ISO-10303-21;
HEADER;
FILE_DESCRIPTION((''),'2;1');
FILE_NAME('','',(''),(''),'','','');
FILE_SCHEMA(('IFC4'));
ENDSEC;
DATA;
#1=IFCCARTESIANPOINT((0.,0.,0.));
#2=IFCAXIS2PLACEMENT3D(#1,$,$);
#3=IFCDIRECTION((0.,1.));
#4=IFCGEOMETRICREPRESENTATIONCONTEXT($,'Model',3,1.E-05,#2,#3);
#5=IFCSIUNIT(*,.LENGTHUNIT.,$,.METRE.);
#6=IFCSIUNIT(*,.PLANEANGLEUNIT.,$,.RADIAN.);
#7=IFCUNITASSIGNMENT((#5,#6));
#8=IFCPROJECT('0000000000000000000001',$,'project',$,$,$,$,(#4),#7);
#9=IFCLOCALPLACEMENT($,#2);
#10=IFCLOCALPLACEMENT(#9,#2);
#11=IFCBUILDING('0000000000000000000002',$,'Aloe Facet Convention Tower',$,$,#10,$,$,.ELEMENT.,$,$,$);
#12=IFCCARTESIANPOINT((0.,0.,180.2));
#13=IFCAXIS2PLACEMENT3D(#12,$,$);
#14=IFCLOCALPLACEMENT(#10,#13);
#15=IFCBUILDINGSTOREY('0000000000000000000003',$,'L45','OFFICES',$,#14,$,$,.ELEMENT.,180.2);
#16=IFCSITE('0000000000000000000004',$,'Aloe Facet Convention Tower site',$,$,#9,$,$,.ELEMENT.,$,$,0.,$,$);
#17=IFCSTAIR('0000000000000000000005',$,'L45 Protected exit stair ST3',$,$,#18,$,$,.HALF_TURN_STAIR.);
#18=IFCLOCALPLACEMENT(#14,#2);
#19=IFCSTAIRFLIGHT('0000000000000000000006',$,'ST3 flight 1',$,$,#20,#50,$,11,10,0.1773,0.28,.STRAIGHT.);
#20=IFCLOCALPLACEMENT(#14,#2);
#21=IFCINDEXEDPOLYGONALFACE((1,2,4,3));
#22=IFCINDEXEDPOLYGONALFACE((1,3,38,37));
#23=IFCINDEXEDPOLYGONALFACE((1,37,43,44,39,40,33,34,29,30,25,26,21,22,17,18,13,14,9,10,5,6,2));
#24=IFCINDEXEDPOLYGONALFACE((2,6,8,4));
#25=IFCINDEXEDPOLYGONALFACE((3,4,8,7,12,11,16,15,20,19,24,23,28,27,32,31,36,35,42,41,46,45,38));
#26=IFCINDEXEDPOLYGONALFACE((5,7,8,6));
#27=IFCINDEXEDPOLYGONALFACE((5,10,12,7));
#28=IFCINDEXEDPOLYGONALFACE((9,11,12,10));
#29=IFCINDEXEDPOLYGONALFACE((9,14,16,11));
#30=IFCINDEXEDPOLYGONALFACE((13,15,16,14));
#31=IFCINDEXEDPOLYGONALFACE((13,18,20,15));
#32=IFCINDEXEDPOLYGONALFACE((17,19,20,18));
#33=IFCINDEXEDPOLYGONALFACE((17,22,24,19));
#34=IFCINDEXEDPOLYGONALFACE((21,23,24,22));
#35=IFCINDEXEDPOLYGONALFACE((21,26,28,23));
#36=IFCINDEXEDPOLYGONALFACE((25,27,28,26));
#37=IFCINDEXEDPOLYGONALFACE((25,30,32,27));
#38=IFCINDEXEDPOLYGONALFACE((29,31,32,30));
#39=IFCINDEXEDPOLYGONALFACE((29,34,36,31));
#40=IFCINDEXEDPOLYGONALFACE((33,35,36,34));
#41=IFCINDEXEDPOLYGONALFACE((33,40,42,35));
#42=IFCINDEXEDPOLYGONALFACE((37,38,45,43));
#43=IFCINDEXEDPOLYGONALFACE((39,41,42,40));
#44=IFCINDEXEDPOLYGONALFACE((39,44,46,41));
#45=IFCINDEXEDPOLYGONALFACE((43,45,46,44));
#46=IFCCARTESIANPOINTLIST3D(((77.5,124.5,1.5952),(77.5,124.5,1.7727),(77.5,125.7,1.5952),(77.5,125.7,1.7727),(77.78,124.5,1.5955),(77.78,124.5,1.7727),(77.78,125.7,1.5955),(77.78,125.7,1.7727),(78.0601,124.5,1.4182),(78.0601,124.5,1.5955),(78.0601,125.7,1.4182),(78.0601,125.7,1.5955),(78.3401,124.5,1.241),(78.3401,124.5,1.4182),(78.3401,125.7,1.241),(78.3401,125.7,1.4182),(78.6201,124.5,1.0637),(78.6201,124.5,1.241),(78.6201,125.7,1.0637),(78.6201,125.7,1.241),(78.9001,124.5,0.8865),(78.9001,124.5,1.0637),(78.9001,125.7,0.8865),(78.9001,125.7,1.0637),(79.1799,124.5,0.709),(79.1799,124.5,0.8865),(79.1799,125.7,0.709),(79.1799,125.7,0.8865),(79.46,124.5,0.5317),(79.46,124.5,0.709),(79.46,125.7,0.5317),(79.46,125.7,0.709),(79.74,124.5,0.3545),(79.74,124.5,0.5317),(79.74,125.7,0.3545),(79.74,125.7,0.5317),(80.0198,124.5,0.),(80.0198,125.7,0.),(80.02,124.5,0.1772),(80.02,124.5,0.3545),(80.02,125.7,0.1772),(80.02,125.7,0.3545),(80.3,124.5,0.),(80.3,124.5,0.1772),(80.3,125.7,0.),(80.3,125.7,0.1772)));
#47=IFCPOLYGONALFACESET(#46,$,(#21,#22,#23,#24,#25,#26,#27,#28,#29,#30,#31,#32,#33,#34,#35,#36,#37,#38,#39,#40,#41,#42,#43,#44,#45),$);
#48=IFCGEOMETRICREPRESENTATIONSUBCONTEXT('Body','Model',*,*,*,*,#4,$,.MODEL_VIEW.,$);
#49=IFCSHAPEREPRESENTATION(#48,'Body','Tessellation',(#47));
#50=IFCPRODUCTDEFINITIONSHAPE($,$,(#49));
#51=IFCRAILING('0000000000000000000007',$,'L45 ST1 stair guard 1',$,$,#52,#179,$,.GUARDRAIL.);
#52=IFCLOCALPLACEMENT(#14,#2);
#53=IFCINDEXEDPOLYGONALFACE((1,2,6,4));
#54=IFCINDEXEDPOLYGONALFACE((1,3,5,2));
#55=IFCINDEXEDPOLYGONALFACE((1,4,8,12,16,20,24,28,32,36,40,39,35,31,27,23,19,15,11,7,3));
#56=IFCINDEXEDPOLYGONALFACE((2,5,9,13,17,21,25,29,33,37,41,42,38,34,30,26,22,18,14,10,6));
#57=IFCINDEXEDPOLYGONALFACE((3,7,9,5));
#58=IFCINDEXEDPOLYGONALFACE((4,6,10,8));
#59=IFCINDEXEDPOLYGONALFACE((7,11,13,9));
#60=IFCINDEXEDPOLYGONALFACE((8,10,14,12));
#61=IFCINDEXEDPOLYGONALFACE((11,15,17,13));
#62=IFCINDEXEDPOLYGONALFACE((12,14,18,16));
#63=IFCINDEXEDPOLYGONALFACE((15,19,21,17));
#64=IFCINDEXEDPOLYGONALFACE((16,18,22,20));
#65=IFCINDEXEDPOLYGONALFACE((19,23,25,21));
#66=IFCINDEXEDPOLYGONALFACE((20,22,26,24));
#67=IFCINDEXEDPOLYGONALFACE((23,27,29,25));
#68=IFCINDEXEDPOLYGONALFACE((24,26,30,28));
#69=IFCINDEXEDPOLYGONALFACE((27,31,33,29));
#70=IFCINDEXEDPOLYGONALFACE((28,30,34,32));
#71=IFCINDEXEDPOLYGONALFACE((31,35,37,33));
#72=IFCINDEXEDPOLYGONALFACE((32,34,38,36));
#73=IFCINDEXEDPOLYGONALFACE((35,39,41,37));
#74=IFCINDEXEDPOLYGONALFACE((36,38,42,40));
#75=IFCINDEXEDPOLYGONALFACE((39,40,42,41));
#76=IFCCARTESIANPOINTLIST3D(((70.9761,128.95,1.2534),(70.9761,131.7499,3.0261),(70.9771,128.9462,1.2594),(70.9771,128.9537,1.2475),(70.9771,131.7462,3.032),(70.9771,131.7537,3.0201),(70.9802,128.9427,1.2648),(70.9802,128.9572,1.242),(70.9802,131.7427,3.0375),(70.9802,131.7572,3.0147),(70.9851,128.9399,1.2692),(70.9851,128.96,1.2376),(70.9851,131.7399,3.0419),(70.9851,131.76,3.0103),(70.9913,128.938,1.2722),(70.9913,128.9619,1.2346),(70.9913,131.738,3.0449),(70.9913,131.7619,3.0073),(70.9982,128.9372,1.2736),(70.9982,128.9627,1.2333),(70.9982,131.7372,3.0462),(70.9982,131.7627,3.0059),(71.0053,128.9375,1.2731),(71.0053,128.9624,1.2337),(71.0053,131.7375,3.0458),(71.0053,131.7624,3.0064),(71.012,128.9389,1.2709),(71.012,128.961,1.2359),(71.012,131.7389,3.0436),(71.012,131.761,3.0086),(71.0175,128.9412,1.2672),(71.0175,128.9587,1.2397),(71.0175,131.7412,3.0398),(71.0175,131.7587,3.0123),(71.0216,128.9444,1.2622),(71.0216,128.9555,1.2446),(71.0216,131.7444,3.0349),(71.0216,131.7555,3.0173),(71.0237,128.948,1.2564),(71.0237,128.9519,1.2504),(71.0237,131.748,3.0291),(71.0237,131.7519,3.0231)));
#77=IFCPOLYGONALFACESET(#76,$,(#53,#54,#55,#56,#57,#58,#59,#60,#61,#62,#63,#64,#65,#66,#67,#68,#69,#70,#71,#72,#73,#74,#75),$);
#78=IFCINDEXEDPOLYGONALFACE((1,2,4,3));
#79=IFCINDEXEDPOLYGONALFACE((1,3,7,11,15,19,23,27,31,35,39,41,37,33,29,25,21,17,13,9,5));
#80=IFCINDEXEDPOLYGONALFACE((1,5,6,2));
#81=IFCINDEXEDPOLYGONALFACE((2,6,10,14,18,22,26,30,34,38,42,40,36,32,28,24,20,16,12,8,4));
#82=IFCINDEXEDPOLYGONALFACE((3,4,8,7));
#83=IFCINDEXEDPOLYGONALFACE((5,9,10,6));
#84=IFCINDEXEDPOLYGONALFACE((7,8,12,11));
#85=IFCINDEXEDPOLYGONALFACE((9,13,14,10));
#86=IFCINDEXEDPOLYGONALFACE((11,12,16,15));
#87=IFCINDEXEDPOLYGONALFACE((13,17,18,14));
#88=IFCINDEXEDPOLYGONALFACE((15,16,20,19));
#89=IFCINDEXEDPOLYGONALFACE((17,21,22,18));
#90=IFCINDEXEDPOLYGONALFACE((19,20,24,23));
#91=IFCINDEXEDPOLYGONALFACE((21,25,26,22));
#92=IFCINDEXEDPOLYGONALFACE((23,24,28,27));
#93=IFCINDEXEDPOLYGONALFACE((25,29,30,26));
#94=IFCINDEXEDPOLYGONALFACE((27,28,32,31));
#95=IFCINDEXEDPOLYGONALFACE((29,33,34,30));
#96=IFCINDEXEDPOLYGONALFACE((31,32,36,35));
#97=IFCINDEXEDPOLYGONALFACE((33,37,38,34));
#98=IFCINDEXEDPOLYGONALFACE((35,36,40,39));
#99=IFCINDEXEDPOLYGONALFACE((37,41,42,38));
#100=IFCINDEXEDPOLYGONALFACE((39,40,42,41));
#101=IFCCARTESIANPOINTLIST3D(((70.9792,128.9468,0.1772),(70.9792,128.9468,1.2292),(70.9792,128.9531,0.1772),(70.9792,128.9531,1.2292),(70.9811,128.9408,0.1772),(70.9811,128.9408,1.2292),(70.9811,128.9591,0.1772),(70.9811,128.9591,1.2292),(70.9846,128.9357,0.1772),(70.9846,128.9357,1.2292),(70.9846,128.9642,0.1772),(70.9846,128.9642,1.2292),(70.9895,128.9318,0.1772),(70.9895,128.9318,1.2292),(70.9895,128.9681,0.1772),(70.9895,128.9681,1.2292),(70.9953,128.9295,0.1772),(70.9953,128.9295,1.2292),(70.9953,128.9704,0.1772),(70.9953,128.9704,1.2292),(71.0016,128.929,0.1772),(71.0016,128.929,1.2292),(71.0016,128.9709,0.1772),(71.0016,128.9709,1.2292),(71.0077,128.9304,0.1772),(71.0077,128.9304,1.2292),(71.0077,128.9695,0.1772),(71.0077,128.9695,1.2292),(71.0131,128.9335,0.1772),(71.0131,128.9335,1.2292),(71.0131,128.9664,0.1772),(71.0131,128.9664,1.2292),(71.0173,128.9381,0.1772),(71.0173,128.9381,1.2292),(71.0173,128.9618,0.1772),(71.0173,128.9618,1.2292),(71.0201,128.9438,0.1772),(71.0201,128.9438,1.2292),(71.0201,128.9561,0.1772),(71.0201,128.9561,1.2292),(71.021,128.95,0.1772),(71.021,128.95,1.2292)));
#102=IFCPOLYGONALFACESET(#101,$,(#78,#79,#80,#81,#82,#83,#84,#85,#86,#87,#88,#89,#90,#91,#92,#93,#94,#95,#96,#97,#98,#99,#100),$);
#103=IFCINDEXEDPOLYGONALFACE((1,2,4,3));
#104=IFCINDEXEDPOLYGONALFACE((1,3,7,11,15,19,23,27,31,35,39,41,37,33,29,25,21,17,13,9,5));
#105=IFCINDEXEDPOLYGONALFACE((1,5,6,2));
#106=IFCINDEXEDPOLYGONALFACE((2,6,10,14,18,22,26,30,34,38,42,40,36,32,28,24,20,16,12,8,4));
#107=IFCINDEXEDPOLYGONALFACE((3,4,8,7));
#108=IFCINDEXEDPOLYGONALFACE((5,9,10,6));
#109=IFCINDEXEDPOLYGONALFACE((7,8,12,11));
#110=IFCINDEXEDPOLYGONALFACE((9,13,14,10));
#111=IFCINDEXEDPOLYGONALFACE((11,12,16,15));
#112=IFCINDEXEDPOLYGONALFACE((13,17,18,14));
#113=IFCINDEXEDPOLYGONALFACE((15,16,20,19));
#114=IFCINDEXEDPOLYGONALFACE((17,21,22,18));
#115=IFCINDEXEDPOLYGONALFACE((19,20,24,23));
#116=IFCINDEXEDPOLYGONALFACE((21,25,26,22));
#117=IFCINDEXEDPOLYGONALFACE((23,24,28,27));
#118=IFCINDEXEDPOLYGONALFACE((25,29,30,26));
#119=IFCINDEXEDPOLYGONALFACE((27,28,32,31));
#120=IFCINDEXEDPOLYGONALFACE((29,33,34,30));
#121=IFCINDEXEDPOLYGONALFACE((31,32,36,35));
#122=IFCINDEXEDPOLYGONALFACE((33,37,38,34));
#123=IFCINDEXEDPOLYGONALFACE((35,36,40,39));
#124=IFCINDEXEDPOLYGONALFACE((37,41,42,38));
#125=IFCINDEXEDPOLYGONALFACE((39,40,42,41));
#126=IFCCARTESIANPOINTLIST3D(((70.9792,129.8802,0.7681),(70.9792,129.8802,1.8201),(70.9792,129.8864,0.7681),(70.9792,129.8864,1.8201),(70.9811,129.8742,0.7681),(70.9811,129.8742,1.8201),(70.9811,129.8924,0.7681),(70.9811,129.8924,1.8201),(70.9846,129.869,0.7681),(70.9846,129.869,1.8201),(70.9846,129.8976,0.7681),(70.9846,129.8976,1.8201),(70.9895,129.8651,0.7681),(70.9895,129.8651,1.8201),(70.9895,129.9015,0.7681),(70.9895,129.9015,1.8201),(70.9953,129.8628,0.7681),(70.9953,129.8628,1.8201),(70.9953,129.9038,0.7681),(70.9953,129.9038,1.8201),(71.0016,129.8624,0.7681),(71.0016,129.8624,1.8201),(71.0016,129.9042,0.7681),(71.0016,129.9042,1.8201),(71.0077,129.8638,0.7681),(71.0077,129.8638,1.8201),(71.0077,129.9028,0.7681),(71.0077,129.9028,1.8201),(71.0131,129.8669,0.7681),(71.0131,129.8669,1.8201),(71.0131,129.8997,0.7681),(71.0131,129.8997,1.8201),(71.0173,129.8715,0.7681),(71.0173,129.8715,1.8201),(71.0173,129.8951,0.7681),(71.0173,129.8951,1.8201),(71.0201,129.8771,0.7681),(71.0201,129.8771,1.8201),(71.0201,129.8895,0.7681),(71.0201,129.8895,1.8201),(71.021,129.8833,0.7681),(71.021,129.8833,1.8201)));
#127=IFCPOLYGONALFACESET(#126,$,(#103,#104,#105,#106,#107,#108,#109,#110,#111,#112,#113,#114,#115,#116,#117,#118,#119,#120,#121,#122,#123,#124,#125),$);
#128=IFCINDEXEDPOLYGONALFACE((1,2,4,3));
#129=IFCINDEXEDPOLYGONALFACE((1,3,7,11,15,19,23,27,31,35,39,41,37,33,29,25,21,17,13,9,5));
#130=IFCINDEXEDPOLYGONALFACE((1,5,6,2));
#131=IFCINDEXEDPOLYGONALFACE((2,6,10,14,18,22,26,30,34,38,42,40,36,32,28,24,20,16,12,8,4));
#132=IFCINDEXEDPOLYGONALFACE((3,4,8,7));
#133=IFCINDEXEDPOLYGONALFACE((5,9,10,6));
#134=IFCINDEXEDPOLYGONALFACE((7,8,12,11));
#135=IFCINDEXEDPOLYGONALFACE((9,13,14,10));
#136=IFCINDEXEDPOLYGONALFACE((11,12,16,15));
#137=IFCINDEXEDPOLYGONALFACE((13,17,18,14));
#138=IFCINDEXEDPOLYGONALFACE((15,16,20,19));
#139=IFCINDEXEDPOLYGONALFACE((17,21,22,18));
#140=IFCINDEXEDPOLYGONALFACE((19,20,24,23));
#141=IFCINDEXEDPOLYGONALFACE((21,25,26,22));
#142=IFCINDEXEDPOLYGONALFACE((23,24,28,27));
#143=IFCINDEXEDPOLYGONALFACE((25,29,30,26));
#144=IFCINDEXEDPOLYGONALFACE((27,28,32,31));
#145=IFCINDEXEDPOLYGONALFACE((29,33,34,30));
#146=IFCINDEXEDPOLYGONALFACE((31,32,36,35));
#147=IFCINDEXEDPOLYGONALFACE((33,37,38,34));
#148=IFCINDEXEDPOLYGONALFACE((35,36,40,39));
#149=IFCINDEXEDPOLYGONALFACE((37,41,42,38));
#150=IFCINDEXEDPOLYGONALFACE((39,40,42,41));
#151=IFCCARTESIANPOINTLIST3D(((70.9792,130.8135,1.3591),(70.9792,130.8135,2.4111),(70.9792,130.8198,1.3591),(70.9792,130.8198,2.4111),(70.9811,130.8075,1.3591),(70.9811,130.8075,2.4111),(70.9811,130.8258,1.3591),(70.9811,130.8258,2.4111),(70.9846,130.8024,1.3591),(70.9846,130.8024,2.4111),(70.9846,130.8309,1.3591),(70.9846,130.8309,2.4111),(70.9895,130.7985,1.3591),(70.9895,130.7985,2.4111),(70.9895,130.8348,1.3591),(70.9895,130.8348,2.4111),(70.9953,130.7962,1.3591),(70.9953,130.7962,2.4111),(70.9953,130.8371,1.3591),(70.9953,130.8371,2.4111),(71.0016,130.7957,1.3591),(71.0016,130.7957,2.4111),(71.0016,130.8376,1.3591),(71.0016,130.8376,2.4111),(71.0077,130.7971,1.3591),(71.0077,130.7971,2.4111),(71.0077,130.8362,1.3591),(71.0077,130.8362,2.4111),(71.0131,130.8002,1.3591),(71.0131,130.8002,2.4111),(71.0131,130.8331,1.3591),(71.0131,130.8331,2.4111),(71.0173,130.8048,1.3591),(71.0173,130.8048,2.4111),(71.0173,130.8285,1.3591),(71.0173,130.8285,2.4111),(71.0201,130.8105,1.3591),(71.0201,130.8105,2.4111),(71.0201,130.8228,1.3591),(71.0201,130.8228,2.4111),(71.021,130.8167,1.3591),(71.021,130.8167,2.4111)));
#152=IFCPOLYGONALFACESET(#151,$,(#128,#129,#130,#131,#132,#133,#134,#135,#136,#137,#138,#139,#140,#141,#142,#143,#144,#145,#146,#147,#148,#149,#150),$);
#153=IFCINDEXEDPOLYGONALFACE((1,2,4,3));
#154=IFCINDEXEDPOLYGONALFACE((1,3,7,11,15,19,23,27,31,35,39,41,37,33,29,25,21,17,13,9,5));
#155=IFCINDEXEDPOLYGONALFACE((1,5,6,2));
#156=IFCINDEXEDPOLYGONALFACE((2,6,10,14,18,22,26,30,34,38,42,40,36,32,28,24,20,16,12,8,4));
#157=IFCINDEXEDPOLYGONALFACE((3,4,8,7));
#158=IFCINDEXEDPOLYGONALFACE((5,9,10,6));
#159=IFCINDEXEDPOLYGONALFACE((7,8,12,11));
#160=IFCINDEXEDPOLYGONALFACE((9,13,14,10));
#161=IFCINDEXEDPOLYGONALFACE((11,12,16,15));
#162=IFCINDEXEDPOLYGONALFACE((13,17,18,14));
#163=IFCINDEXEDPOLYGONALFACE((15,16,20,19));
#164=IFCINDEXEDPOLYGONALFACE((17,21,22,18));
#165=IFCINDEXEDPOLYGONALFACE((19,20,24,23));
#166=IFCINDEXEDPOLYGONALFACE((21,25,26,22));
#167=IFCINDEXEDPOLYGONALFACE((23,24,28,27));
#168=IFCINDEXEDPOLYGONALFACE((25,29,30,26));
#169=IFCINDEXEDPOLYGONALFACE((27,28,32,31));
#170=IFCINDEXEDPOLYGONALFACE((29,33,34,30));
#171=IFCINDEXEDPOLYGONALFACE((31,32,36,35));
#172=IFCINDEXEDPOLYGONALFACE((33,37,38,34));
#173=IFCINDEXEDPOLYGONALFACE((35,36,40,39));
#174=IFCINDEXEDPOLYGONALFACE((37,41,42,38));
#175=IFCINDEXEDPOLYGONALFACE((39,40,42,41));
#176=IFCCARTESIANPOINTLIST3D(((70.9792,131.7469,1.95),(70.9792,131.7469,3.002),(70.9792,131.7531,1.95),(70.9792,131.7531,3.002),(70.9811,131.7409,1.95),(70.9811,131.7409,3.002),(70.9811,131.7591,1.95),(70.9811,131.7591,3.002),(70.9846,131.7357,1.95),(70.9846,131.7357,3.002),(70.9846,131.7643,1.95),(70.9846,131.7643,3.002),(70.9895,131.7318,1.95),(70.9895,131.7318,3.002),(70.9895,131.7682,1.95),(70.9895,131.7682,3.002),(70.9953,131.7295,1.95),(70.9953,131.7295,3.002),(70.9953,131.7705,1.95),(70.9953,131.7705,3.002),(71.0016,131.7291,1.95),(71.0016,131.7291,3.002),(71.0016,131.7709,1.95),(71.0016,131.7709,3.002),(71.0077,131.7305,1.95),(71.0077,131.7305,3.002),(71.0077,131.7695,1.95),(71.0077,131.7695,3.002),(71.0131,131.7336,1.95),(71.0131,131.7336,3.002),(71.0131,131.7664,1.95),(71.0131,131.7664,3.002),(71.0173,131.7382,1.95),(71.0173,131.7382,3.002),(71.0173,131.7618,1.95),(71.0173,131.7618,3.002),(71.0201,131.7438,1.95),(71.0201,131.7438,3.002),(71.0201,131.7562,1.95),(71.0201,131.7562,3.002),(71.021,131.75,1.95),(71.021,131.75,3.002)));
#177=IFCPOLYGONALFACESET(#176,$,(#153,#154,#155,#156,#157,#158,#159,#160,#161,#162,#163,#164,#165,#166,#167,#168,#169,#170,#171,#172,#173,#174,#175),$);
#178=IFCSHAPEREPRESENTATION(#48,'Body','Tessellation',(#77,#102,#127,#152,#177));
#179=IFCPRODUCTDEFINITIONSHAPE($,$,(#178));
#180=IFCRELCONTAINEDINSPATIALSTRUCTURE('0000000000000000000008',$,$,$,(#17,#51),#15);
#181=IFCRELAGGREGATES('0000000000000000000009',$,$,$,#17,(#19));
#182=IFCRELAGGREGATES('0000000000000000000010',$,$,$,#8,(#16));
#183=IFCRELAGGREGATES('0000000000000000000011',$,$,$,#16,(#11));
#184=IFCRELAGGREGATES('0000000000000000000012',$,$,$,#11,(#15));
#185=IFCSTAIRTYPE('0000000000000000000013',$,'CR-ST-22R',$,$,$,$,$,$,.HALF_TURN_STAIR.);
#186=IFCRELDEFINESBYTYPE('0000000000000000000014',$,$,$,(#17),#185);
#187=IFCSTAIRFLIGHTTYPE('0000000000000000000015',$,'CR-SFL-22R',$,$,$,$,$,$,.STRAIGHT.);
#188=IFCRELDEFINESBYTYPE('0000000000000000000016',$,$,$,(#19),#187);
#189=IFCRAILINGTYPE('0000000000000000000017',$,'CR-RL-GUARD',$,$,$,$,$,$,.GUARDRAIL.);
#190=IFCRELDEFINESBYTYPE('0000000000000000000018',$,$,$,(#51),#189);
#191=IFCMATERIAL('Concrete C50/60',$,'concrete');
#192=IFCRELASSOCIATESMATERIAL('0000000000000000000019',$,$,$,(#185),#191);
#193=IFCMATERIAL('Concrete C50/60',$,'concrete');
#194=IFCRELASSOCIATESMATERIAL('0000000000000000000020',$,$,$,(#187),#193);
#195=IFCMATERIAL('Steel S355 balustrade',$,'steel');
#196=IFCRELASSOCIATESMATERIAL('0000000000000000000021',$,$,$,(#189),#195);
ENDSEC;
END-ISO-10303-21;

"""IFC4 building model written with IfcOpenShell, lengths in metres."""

from ifc_helpers import new_model, si_unit, direction, frame, origin, origin_2d, place, context, subcontext, project, spatial, polyline, circle, outline, extrude, material, type_object, element, aggregate, save


model = new_model("IFC4")

# Units and contexts
model_context = context("Model", 3, precision=1e-05, world=origin(), true_north=direction((0.0, 1.0)))
body_context = subcontext(model_context, "Body", "Model", "MODEL_VIEW")
ifc_project = project(units=[si_unit("LENGTHUNIT", "METRE"), si_unit("PLANEANGLEUNIT", "RADIAN")], contexts=[model_context])

# Site, building, storey
site_placement = place(None, origin())
site = spatial("IfcSite", under=ifc_project, at=site_placement, Name="Aloe Facet Convention Tower site", CompositionType="ELEMENT", RefElevation=0.0)
building_placement = place(site_placement, origin())
building = spatial("IfcBuilding", under=site, at=building_placement, Name="Aloe Facet Convention Tower", CompositionType="ELEMENT")
storey_placement = place(building_placement, frame((0.0, 0.0, 180.2)))
storey = spatial("IfcBuildingStorey", under=building, at=storey_placement, Name="L45", Description="OFFICES", CompositionType="ELEMENT", Elevation=180.2)

# Stair, stair flight
ifc_material_1 = material(Name="Concrete C50/60", Category="concrete")
stair_type = type_object("IfcStairType", Name="CR-ST-22R", PredefinedType="HALF_TURN_STAIR", material=ifc_material_1)
ifc_material_2 = material(Name="Concrete C50/60", Category="concrete")
stair_flight_type = type_object("IfcStairFlightType", Name="CR-SFL-22R", PredefinedType="STRAIGHT", material=ifc_material_2)
stair_1_placement = place(storey_placement, origin())
stair_1 = element("IfcStair", 1, at=stair_1_placement, inside=storey, type_object=stair_type, Name="L45 Protected exit stair ST3", PredefinedType="HALF_TURN_STAIR")
stair_flight_1_placement = place(storey_placement, frame((80.3, 125.1001, 0.0), z_axis=(0.0, 0.0, 1.0), x_axis=(-1.0, 0.0, 0.0)))
stair_flight_1 = element("IfcStairFlight", 2, at=stair_flight_1_placement, type_object=stair_flight_type, Name="ST3 flight 1", NumberOfRisers=11, NumberOfTreads=10, PredefinedType="STRAIGHT", RiserHeight=0.1773, TreadLength=0.28, context=body_context, shape_type="SweptSolid", body=[
    extrude(outline(polyline([(0.0, 0.0), (0.0, 0.1772), (0.28, 0.1772), (0.28, 0.3545), (0.5601, 0.3545), (0.5601, 0.5317), (0.8401, 0.5317), (0.8401, 0.709), (1.1201, 0.709), (1.1201, 0.8865), (1.3999, 0.8865), (1.3999, 1.0637), (1.6799, 1.0637), (1.6799, 1.241), (1.96, 1.241), (1.96, 1.4182), (2.24, 1.4182), (2.24, 1.5955), (2.52, 1.5955), (2.52, 1.7727), (2.8, 1.7727), (2.8, 1.95), (2.8, 1.5952), (0.2803, 0.0), (0.0, 0.0)])), frame((0.0, 0.6001, 0.0), z_axis=(0.0, -1.0, 0.0), x_axis=(1.0, 0.0, 0.0)), (0.0, 0.0, 1.0), 1.2),
])
aggregate(stair_1, [stair_flight_1])

# Railing
ifc_material_3 = material(Name="Steel S355 balustrade", Category="steel")
railing_type_1 = type_object("IfcRailingType", Name="CR-RL-GUARD", PredefinedType="GUARDRAIL", material=ifc_material_3)
railing_1_placement = place(storey_placement, frame((71.0, 128.95, 0.1772)))
element("IfcRailing", 3, at=railing_1_placement, inside=storey, type_object=railing_type_1, Name="L45 ST1 stair guard 1", PredefinedType="GUARDRAIL", context=body_context, shape_type="SweptSolid", body=[
    extrude(circle(Radius=0.0239, at=origin_2d()), frame((0.0, 0.0, 1.0762), z_axis=(0.0, 0.844909, 0.53491), x_axis=(-1.0, 0.0, 0.0)), (0.0, 0.0, 1.0), 3.314),
    extrude(circle(Radius=0.021, at=origin_2d()), origin(), (0.0, 0.0, 1.0), 1.052),
    extrude(circle(Radius=0.021, at=origin_2d()), frame((0.0, 0.9333, 0.5908)), (0.0, 0.0, 1.0), 1.052),
    extrude(circle(Radius=0.021, at=origin_2d()), frame((0.0, 1.8667, 1.1819)), (0.0, 0.0, 1.0), 1.052),
    extrude(circle(Radius=0.021, at=origin_2d()), frame((0.0, 2.8, 1.7727)), (0.0, 0.0, 1.0), 1.052),
])

save(model, "model.ifc")
